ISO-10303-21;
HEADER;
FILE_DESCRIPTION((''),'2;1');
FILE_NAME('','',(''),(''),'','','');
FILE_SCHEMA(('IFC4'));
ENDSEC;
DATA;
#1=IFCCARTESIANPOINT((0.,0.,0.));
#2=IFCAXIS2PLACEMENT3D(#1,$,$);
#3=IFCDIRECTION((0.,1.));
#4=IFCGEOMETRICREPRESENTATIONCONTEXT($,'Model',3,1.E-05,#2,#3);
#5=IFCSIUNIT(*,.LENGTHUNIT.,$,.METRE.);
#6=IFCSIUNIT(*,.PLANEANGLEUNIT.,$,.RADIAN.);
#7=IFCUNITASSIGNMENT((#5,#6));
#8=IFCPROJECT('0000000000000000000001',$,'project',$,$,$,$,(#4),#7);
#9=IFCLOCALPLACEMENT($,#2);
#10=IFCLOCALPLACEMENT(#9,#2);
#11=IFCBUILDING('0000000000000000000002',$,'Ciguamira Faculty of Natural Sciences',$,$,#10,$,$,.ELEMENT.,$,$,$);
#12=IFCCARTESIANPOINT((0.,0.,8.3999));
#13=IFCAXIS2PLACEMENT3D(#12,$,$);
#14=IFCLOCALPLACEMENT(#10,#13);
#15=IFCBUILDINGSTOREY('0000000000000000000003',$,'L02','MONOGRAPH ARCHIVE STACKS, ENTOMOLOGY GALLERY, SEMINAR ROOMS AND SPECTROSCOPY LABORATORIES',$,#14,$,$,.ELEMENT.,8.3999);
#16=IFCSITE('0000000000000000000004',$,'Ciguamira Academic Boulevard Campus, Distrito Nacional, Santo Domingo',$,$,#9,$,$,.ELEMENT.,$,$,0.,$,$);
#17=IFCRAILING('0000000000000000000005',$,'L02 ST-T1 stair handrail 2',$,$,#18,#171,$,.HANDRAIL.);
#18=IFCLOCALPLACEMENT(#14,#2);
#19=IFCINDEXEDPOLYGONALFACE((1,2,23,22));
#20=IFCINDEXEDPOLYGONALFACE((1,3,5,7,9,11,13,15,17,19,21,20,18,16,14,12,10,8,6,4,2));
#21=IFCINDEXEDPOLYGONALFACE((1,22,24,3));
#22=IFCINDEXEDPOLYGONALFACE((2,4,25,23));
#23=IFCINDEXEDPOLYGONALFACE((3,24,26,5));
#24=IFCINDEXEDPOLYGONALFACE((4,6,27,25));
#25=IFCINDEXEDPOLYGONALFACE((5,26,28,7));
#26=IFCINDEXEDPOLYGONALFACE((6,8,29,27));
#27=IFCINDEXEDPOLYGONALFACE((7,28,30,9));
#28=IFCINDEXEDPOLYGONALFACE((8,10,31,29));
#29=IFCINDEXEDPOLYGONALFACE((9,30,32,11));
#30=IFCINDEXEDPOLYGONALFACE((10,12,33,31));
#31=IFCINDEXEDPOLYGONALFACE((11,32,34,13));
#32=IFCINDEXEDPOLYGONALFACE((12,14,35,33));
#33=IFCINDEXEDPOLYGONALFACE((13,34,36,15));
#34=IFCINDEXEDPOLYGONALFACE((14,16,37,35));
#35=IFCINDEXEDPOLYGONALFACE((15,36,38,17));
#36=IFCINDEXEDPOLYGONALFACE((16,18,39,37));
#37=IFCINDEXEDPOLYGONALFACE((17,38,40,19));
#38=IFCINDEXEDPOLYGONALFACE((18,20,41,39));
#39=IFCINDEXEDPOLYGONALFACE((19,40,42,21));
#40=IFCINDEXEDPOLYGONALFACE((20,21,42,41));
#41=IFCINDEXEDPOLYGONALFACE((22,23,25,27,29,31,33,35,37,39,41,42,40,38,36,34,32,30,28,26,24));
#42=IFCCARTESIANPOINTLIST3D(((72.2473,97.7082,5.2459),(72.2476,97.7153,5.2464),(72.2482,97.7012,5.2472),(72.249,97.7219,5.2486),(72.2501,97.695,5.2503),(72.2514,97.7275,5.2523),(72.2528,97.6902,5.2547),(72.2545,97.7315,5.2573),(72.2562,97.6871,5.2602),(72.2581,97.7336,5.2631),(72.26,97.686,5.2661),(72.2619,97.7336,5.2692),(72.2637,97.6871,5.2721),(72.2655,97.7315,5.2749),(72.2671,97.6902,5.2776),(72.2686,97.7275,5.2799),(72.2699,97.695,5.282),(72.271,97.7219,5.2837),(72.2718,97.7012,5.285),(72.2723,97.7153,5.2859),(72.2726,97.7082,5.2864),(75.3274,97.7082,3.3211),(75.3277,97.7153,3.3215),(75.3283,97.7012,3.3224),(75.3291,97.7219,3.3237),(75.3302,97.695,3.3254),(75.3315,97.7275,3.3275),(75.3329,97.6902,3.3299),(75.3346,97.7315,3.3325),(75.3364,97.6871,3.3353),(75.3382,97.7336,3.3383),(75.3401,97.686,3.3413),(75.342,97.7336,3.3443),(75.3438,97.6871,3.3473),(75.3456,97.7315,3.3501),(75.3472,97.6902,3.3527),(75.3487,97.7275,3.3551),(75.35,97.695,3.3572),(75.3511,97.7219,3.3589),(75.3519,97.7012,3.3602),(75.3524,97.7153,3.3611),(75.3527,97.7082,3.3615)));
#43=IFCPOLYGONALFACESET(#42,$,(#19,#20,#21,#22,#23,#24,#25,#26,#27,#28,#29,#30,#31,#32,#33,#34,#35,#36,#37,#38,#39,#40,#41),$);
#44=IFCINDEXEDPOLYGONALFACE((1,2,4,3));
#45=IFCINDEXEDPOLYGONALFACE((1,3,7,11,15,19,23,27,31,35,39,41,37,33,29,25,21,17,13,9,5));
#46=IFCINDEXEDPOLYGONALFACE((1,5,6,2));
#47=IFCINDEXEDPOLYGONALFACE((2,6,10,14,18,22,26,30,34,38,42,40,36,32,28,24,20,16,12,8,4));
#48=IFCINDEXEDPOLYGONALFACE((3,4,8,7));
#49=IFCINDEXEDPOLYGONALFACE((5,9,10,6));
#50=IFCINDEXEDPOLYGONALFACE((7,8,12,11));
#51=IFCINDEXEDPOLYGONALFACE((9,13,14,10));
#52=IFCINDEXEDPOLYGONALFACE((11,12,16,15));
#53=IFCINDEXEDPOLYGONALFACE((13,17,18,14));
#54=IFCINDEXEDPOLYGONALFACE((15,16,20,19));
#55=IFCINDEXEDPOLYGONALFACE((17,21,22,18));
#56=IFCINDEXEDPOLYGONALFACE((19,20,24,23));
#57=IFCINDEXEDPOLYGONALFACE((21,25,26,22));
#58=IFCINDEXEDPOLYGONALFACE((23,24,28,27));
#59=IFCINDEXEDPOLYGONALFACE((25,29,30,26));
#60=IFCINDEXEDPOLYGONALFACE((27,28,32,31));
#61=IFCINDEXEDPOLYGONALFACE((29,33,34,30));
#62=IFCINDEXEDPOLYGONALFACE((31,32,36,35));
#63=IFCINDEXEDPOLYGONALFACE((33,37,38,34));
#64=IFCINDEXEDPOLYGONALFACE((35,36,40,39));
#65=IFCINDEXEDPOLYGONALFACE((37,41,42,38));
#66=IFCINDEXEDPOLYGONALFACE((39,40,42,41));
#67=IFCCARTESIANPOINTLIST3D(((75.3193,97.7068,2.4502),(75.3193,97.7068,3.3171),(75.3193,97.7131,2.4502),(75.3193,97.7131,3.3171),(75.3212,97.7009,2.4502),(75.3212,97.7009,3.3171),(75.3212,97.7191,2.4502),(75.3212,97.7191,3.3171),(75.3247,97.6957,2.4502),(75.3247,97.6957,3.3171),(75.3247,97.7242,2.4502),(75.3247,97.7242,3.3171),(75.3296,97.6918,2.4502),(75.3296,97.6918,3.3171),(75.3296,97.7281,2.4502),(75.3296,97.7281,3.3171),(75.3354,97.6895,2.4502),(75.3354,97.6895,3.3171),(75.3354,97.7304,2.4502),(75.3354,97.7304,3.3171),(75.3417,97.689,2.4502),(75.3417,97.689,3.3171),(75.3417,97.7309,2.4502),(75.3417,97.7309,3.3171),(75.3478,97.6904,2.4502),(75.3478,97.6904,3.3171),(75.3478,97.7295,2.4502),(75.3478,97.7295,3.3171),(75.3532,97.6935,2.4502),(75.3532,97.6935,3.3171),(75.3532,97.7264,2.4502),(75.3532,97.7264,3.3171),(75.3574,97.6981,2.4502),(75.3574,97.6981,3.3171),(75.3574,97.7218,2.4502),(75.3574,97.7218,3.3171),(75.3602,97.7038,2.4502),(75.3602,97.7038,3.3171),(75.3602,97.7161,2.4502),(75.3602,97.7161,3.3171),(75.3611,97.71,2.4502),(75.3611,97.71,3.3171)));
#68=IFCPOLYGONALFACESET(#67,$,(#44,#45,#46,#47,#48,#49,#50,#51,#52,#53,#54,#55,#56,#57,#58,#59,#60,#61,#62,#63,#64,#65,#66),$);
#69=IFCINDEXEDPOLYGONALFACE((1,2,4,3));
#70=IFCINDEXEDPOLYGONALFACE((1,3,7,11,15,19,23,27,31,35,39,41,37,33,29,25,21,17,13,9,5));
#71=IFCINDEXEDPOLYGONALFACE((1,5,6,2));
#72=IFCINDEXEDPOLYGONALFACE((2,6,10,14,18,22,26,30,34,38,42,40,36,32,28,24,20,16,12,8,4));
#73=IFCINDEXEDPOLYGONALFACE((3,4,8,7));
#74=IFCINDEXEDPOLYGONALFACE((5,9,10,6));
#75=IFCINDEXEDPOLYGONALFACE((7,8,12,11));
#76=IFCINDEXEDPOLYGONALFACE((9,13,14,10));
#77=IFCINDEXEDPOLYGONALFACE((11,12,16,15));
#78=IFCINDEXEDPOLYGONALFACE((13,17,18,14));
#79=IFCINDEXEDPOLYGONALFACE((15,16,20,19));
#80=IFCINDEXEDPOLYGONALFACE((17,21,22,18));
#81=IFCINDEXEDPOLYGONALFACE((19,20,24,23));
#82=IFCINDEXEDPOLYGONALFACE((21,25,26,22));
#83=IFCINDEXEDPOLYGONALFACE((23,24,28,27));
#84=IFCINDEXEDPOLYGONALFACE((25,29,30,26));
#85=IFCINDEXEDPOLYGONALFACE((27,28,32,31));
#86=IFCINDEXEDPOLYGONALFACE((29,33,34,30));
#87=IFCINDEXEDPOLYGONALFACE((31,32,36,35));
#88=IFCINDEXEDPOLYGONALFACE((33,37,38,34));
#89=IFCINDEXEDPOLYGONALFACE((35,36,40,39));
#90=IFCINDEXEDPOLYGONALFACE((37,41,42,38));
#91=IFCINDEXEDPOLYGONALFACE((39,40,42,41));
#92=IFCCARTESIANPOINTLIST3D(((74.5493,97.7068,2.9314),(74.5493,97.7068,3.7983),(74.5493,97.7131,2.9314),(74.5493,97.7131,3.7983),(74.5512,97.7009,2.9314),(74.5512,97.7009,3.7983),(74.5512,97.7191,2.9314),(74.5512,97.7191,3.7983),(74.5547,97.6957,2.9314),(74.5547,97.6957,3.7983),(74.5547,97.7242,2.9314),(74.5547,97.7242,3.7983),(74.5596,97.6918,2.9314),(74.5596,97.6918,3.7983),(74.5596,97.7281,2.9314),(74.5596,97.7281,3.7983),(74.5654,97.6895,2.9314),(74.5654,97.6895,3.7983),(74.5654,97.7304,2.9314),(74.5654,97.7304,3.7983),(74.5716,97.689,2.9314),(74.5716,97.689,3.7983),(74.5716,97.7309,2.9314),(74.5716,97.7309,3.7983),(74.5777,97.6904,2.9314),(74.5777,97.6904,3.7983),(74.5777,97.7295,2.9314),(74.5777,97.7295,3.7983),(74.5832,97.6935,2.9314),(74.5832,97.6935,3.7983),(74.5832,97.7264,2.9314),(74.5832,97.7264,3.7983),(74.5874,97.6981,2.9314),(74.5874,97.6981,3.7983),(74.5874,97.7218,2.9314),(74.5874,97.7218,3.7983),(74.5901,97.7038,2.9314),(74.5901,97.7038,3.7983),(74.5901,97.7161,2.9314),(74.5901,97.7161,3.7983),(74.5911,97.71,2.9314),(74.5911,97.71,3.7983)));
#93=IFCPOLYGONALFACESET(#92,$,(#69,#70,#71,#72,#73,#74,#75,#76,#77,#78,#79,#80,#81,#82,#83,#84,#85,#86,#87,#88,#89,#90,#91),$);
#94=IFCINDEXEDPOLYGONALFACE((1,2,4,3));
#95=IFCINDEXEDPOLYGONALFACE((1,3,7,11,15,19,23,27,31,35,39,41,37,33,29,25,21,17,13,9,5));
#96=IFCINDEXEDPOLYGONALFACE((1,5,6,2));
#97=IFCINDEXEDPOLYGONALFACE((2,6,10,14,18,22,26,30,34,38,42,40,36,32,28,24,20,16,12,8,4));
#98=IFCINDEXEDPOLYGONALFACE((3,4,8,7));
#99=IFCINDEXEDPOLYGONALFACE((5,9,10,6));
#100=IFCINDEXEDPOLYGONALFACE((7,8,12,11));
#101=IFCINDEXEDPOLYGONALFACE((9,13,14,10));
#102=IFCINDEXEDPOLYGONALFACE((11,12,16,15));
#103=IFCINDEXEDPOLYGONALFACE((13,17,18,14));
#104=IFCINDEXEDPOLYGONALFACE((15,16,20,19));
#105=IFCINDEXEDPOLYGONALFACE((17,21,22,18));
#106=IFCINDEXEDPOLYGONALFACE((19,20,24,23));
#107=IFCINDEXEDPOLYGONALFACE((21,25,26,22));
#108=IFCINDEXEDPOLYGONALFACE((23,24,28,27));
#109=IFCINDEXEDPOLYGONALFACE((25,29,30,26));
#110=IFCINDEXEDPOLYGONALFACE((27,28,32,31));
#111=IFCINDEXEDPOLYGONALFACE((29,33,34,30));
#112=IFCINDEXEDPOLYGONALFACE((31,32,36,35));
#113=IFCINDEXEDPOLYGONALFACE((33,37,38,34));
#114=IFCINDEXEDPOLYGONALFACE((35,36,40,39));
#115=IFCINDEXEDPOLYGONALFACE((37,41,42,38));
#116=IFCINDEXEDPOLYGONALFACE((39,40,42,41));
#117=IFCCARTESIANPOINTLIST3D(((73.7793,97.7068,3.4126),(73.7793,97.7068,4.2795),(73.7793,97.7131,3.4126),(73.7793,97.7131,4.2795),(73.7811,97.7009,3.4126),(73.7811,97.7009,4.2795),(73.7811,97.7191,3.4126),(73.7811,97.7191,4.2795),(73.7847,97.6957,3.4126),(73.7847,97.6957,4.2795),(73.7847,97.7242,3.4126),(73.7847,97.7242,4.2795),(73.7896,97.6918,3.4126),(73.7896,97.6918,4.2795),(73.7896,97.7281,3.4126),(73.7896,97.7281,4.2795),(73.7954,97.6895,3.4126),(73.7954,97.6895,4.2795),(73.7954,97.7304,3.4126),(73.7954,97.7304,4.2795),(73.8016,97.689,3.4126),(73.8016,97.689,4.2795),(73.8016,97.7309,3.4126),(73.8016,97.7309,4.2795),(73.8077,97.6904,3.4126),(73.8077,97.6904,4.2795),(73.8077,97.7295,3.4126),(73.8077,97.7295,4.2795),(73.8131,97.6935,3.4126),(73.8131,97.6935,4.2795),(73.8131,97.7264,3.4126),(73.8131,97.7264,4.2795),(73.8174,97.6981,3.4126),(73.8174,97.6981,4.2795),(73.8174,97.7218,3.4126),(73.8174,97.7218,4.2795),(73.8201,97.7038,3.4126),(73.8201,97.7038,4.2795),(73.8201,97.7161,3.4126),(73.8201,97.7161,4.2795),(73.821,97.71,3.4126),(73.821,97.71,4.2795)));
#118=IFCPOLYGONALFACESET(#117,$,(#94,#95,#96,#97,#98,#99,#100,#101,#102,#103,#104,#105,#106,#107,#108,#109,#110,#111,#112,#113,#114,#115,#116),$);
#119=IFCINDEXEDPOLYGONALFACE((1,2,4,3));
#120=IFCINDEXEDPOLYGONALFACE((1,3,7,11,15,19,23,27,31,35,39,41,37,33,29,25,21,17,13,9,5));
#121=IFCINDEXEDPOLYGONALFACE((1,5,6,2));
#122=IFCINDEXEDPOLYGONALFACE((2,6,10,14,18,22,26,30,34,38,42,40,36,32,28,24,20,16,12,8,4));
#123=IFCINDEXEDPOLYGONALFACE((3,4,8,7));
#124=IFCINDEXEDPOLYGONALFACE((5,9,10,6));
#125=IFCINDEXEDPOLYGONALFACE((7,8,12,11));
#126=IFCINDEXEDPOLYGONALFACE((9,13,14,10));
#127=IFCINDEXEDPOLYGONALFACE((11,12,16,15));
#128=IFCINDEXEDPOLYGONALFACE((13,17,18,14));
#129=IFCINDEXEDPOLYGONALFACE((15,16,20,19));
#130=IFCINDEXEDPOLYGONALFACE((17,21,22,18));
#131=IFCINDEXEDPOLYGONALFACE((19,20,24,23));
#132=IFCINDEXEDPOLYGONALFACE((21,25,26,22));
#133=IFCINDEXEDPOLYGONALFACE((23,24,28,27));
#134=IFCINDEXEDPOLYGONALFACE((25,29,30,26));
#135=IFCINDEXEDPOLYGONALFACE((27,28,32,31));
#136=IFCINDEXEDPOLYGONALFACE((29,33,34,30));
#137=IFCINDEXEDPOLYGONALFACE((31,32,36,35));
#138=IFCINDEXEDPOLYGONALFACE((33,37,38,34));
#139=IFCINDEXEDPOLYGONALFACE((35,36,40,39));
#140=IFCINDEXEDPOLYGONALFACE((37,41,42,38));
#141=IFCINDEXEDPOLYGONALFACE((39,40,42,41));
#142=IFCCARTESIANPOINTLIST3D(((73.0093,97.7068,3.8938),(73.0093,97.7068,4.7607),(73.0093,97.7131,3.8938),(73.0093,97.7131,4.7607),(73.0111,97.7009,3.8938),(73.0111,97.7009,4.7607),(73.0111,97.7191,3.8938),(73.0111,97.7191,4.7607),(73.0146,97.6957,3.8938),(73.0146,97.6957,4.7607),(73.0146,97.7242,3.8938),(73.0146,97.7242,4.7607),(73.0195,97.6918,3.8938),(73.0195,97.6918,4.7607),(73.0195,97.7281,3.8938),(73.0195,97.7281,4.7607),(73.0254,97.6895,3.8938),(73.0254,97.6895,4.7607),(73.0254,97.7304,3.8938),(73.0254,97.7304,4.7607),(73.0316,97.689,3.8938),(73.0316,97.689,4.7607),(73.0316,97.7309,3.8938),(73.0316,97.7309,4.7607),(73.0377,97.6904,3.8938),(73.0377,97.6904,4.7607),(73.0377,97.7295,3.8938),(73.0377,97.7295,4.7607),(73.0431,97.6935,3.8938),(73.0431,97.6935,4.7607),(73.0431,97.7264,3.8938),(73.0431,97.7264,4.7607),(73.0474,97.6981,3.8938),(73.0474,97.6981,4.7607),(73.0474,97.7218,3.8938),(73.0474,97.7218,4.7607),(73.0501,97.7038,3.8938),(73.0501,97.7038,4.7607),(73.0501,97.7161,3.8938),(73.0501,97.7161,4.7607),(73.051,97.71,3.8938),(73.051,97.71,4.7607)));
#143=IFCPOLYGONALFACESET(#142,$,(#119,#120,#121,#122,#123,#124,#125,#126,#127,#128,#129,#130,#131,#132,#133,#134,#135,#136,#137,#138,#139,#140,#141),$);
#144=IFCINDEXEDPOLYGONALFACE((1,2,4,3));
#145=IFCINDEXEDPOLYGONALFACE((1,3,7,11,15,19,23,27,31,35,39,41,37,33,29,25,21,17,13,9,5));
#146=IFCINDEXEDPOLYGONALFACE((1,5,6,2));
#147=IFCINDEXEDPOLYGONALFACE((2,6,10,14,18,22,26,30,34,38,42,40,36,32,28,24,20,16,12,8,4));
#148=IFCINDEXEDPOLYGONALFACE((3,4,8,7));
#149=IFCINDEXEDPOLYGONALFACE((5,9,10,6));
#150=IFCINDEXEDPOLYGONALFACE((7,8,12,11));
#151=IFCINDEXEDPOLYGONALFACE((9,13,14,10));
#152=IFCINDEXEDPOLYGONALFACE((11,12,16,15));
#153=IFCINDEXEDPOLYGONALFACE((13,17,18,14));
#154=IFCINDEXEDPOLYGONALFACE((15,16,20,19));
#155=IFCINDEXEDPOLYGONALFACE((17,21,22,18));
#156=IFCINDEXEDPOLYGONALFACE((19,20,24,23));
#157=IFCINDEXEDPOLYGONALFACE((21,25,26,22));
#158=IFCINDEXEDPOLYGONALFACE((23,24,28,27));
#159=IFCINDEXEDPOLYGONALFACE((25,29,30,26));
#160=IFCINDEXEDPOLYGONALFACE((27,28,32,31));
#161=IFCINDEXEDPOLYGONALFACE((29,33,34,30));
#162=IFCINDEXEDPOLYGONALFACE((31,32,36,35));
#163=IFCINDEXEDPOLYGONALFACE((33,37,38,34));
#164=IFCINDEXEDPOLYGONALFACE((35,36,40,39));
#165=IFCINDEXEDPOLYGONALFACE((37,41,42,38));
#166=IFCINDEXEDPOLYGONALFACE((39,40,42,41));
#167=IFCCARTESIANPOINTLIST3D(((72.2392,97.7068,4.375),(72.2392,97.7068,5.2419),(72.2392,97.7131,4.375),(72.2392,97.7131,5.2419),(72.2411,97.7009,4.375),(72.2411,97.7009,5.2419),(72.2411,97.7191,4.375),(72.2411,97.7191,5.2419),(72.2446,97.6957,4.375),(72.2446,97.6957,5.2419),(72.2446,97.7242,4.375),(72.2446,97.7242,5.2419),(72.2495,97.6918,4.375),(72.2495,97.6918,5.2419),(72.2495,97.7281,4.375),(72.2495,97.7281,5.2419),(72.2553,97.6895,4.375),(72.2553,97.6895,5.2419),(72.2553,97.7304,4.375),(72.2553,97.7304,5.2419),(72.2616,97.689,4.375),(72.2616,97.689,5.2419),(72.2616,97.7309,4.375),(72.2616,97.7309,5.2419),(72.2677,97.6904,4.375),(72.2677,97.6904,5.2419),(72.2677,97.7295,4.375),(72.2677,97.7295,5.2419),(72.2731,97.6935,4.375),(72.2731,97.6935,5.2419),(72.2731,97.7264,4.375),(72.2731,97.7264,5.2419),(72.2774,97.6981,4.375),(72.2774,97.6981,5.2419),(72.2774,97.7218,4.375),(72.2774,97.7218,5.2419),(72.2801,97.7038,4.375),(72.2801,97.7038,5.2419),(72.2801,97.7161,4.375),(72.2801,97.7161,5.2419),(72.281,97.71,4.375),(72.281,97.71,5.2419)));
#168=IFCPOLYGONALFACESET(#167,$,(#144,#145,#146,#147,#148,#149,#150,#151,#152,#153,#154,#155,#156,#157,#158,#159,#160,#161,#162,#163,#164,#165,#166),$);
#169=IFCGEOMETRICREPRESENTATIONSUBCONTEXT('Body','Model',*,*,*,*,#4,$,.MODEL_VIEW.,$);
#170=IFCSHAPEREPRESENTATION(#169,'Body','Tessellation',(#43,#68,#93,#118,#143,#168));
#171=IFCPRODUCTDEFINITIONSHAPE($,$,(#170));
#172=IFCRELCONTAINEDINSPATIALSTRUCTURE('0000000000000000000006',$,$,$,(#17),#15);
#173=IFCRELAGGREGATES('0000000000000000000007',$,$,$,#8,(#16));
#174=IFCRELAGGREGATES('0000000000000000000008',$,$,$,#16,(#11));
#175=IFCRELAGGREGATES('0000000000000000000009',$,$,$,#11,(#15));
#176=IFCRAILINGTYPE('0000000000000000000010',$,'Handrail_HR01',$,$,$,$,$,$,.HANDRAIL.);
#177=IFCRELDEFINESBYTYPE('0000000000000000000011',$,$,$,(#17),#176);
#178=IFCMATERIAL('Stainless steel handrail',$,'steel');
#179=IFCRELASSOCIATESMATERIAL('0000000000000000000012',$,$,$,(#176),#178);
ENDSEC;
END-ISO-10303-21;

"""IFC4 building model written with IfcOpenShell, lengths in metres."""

from ifc_helpers import new_model, si_unit, direction, frame, origin, origin_2d, place, context, subcontext, project, spatial, circle, extrude, material, type_object, element, save


model = new_model("IFC4")

# Units and contexts
model_context = context("Model", 3, precision=1e-05, world=origin(), true_north=direction((0.0, 1.0)))
body_context = subcontext(model_context, "Body", "Model", "MODEL_VIEW")
ifc_project = project(units=[si_unit("LENGTHUNIT", "METRE"), si_unit("PLANEANGLEUNIT", "RADIAN")], contexts=[model_context])

# Site, building, storey
site_placement = place(None, origin())
site = spatial("IfcSite", under=ifc_project, at=site_placement, Name="Ciguamira Academic Boulevard Campus, Distrito Nacional, Santo Domingo", CompositionType="ELEMENT", RefElevation=0.0)
building_placement = place(site_placement, origin())
building = spatial("IfcBuilding", under=site, at=building_placement, Name="Ciguamira Faculty of Natural Sciences", CompositionType="ELEMENT")
storey_placement = place(building_placement, frame((0.0, 0.0, 8.3999)))
storey = spatial("IfcBuildingStorey", under=building, at=storey_placement, Name="L02", Description="MONOGRAPH ARCHIVE STACKS, ENTOMOLOGY GALLERY, SEMINAR ROOMS AND SPECTROSCOPY LABORATORIES", CompositionType="ELEMENT", Elevation=8.3999)

# Railing
ifc_material_1 = material(Name="Stainless steel handrail", Category="steel")
railing_type = type_object("IfcRailingType", Name="Handrail_HR01", PredefinedType="HANDRAIL", material=ifc_material_1)
railing_placement = place(storey_placement, frame((75.3401, 97.71, 2.4502)))
element("IfcRailing", 1, at=railing_placement, inside=storey, type_object=railing_type, Name="L02 ST-T1 stair handrail 2", PredefinedType="HANDRAIL", context=body_context, shape_type="SweptSolid", body=[
    extrude(circle(Radius=0.0239, at=origin_2d()), frame((0.0, 0.0, 0.8911), z_axis=(-0.848029, 0.0, 0.529951), x_axis=(0.0, -1.0, 0.0)), (0.0, 0.0, 1.0), 3.6321),
    extrude(circle(Radius=0.021, at=origin_2d()), origin(), (0.0, 0.0, 1.0), 0.8669),
    extrude(circle(Radius=0.021, at=origin_2d()), frame((-0.77, 0.0, 0.4812)), (0.0, 0.0, 1.0), 0.8669),
    extrude(circle(Radius=0.021, at=origin_2d()), frame((-1.54, 0.0, 0.9624)), (0.0, 0.0, 1.0), 0.8669),
    extrude(circle(Radius=0.021, at=origin_2d()), frame((-2.3101, 0.0, 1.4436)), (0.0, 0.0, 1.0), 0.8669),
    extrude(circle(Radius=0.021, at=origin_2d()), frame((-3.0801, 0.0, 1.9248)), (0.0, 0.0, 1.0), 0.8669),
])

save(model, "model.ifc")
